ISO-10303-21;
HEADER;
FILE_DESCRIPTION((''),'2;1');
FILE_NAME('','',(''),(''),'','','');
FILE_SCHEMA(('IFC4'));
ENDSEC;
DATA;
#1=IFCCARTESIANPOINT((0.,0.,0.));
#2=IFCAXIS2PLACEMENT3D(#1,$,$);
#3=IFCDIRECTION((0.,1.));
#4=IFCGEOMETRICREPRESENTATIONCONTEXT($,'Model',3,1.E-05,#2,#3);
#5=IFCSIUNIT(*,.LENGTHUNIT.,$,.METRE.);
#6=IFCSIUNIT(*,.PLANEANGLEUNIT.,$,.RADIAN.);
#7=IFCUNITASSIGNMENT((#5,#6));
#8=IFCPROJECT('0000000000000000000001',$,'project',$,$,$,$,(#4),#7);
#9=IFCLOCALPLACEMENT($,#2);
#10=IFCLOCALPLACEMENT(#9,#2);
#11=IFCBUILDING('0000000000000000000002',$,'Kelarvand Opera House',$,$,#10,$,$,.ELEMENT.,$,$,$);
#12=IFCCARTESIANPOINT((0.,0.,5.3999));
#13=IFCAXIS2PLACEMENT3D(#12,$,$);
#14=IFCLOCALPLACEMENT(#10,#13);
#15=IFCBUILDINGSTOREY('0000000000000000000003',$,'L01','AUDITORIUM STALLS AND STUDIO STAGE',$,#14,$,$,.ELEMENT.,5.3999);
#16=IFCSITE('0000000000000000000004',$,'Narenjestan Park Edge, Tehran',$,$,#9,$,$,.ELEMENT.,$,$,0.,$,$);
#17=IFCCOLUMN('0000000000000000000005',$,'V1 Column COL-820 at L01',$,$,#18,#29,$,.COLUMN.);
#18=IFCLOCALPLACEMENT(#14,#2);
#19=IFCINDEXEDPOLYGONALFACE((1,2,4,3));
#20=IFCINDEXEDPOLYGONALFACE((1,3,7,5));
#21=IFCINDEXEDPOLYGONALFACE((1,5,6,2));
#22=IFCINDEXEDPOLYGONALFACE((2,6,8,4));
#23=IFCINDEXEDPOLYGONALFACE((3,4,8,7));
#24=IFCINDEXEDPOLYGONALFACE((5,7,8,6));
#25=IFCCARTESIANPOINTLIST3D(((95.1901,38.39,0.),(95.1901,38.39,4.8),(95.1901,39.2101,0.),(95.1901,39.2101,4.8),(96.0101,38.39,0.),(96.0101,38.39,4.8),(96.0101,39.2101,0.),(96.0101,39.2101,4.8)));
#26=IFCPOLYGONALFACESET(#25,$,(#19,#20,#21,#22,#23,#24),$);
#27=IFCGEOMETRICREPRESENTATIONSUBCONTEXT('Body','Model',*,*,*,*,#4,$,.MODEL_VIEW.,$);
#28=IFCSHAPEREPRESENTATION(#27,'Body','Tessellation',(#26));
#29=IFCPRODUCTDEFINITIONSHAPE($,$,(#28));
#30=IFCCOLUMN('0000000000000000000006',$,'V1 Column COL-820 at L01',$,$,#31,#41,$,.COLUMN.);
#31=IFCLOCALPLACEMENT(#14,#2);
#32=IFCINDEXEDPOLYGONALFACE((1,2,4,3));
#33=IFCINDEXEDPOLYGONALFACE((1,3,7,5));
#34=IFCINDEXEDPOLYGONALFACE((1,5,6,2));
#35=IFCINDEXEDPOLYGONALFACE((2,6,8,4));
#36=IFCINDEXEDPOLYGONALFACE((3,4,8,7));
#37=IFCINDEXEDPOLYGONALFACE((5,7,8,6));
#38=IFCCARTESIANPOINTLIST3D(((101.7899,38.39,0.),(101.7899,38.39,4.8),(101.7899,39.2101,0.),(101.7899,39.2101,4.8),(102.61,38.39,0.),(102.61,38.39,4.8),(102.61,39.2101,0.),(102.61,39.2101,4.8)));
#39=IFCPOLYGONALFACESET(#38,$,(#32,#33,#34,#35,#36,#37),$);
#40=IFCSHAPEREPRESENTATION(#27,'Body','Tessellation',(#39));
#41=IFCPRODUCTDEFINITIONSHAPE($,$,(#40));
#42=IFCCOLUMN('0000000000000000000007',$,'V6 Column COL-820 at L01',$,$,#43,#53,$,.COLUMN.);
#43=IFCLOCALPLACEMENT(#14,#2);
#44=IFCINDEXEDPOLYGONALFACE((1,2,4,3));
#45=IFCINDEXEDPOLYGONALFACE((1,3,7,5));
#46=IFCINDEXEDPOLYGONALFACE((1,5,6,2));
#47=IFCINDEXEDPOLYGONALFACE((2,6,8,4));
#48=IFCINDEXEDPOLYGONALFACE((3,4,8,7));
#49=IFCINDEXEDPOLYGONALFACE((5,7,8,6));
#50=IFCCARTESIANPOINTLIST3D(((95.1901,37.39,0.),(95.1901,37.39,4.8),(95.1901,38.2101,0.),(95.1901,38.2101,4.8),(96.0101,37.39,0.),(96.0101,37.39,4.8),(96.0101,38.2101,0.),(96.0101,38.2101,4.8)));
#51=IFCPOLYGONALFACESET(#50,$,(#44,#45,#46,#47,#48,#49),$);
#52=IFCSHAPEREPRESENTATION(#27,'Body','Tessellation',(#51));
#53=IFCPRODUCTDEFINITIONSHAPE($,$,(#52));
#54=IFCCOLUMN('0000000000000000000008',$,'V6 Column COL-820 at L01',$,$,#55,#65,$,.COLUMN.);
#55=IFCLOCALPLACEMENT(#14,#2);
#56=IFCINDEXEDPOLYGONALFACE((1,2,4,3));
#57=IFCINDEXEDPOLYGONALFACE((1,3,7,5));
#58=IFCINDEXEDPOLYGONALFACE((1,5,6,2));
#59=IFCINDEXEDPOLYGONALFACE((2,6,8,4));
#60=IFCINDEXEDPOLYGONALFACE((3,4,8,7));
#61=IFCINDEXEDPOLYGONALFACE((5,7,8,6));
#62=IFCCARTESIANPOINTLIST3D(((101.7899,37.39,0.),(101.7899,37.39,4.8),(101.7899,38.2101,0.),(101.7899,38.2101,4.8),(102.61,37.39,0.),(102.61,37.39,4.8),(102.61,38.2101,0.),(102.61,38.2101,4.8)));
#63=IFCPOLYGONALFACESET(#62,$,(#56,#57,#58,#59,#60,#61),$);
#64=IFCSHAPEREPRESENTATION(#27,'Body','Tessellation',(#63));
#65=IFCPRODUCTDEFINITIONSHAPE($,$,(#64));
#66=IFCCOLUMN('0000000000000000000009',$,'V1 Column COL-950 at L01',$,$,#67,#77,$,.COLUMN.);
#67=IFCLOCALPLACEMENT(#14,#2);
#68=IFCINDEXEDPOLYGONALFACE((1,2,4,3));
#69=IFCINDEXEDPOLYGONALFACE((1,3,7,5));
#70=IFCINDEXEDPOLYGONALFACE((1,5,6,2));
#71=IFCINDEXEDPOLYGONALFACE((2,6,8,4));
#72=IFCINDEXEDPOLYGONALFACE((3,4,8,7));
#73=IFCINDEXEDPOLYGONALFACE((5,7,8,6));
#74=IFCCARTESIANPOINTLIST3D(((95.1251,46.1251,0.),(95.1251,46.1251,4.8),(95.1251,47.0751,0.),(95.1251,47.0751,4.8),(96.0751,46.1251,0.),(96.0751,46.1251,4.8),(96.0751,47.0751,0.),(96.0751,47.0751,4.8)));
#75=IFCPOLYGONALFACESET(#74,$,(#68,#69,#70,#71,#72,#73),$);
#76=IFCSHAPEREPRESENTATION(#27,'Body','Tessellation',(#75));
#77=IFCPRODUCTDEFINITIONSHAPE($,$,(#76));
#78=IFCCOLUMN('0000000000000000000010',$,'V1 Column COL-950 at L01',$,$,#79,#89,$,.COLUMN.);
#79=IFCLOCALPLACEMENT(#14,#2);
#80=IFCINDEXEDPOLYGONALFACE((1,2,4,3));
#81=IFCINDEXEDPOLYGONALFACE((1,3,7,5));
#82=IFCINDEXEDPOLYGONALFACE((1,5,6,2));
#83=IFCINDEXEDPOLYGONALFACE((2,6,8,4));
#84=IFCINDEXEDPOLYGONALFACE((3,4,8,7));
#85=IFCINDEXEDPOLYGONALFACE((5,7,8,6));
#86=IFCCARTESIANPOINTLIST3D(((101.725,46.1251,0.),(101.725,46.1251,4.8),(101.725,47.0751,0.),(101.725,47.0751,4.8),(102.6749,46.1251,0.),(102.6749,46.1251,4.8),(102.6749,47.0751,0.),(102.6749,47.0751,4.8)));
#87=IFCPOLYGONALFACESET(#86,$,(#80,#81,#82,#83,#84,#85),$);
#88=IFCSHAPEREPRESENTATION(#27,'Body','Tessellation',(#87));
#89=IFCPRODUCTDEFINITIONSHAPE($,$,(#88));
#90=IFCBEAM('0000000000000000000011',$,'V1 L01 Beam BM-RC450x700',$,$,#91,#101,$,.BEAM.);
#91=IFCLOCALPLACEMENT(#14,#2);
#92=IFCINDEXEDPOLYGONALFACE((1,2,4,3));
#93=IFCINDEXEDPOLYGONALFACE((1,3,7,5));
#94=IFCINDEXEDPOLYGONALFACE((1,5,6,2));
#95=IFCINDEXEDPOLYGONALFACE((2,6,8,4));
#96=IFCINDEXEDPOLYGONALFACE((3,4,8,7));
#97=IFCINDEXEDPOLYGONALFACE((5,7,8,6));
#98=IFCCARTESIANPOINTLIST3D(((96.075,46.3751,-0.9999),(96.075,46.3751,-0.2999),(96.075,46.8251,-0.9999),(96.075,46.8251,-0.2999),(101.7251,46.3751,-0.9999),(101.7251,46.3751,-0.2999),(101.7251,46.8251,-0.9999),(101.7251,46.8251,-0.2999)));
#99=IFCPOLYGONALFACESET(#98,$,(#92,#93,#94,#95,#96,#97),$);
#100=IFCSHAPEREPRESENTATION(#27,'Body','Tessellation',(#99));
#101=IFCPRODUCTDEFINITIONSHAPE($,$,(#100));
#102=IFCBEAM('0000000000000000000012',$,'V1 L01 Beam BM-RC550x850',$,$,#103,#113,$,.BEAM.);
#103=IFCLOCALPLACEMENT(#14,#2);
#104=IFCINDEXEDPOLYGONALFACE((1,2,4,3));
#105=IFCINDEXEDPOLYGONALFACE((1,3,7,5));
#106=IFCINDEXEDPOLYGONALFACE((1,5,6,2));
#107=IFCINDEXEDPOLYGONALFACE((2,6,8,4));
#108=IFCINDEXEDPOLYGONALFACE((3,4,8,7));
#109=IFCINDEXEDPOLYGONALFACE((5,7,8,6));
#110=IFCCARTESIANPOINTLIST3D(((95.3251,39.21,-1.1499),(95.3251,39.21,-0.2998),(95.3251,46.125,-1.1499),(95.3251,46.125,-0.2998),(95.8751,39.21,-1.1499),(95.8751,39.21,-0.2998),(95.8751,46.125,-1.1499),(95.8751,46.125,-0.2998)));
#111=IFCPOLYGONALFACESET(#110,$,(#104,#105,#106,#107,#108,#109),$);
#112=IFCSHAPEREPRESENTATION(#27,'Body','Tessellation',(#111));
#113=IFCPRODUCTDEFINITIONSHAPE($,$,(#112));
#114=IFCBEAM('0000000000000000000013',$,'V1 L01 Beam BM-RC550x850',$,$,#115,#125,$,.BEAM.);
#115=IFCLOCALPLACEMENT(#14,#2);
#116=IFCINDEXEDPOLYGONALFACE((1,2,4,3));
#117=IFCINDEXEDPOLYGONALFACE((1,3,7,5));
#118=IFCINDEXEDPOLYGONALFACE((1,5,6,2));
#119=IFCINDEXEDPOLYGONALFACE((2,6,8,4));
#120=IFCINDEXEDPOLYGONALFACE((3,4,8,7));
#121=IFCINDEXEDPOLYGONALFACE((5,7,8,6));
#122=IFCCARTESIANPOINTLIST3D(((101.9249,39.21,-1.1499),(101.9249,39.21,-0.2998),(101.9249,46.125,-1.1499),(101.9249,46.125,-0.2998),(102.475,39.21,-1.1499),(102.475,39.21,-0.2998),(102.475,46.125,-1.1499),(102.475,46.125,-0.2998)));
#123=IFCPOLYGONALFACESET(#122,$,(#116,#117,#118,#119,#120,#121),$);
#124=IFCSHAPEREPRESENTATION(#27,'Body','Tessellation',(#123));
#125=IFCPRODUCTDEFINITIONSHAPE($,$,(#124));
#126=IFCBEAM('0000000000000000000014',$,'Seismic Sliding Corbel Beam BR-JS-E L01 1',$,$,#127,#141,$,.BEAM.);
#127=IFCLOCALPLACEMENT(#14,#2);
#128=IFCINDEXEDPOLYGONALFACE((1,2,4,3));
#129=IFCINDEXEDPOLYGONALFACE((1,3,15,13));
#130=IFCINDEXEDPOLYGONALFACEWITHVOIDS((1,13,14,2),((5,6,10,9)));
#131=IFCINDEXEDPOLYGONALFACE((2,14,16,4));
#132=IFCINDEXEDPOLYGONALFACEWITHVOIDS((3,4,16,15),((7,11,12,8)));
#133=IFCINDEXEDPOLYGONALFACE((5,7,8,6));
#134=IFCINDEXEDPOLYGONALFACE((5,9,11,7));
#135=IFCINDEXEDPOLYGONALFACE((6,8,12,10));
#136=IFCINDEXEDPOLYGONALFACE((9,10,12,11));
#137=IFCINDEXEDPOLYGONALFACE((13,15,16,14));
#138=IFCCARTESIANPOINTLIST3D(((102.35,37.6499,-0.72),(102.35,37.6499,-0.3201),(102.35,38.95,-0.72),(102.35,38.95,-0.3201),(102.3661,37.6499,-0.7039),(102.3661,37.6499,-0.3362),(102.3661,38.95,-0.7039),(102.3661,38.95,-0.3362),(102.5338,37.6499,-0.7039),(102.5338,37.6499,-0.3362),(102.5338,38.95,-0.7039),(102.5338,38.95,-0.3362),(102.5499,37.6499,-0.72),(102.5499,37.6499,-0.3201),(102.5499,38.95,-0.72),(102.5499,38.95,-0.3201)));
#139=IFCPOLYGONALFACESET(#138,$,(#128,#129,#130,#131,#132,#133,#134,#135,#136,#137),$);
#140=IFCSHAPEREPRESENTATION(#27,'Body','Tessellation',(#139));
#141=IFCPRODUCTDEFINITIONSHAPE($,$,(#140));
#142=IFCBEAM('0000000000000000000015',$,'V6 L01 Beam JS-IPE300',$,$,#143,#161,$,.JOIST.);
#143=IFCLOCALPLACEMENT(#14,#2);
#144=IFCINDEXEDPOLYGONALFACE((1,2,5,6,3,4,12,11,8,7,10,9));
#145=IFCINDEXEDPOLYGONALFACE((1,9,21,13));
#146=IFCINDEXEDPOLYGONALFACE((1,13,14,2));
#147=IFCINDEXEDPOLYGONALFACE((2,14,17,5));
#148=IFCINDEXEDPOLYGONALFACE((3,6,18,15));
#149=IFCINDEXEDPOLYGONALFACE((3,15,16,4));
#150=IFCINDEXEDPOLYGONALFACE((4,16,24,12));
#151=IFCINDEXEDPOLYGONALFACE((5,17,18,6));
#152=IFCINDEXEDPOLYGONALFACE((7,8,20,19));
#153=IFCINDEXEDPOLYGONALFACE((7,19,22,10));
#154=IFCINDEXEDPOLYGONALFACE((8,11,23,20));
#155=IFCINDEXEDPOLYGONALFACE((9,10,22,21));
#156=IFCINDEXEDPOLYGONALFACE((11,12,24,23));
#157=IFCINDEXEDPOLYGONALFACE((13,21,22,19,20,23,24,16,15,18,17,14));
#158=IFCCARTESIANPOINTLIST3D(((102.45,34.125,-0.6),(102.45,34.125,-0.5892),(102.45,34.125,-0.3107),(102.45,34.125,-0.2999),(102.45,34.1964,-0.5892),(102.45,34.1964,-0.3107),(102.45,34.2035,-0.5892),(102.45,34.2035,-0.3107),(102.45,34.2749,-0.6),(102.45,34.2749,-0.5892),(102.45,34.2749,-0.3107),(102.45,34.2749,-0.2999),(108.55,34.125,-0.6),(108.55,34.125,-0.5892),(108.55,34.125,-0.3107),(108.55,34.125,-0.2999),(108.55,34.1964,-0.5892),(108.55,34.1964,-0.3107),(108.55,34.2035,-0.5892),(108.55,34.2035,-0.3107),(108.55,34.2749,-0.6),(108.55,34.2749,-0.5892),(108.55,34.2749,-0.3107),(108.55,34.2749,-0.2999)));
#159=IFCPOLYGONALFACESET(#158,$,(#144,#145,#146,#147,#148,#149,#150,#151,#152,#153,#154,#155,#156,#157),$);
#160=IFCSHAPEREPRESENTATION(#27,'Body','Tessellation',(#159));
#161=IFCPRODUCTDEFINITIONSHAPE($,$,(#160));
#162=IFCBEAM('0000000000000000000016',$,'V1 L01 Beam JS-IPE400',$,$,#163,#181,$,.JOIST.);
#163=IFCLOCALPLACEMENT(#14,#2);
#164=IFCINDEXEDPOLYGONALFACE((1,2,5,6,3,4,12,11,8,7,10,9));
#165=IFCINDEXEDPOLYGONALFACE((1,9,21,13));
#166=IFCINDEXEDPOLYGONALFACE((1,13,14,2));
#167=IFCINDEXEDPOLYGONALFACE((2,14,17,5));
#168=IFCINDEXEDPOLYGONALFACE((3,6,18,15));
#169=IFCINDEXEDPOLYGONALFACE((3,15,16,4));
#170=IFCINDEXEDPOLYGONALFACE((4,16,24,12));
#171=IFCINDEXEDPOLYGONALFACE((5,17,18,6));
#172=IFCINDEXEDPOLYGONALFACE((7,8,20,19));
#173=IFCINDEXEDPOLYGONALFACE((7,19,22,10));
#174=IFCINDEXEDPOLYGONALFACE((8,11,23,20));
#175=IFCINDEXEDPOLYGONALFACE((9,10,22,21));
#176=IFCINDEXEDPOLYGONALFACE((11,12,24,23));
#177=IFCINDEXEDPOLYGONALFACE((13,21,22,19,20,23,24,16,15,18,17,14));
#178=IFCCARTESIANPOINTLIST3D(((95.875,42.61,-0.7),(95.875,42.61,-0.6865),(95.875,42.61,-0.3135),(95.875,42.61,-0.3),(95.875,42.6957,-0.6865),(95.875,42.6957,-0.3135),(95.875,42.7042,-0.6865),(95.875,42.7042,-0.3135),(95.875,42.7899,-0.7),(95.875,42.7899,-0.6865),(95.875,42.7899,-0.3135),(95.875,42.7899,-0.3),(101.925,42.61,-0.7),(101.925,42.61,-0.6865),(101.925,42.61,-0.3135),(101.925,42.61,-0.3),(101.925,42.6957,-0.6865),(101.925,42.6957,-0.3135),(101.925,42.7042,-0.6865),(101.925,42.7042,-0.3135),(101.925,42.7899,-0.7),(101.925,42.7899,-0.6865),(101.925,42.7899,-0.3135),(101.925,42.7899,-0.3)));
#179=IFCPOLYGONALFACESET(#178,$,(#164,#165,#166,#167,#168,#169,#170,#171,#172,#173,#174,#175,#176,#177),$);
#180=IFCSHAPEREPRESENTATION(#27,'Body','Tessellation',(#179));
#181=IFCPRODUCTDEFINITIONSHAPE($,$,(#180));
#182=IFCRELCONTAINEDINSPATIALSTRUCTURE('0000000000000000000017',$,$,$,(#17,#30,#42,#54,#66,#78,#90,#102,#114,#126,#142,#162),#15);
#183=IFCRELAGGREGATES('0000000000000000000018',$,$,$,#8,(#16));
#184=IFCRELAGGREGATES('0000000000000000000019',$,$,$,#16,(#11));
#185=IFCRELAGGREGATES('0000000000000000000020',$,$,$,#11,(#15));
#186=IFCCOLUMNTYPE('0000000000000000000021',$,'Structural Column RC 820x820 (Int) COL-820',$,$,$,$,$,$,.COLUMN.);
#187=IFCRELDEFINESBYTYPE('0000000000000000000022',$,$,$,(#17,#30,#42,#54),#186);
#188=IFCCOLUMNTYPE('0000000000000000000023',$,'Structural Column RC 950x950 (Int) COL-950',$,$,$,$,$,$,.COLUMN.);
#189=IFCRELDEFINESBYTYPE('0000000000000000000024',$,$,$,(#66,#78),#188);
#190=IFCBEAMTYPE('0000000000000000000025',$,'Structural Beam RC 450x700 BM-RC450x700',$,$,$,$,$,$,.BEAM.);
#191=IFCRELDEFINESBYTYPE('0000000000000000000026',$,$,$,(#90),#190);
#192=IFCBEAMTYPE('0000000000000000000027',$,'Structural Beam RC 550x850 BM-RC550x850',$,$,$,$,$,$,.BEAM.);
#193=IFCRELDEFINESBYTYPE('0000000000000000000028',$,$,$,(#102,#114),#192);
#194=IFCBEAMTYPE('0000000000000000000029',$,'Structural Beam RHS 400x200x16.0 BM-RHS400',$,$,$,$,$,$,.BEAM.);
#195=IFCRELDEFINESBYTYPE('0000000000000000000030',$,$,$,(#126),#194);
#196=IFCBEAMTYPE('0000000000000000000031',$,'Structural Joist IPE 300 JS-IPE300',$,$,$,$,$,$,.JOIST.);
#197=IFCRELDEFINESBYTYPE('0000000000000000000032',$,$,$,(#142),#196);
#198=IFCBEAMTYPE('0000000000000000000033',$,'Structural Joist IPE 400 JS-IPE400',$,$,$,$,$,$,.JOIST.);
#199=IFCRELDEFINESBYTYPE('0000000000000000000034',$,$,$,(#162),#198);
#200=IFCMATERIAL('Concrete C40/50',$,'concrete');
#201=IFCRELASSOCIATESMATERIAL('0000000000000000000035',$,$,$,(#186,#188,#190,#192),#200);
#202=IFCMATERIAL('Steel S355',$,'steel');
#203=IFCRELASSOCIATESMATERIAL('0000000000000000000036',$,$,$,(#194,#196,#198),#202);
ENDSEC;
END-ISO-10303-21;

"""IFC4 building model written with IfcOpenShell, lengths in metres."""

from ifc_helpers import new_model, si_unit, direction, frame, origin, origin_2d, place, context, subcontext, project, spatial, rectangle, hollow_rectangle, i_section, extrude, material, material_profile, profile_set, type_object, element, save


model = new_model("IFC4")

# Units and contexts
model_context = context("Model", 3, precision=1e-05, world=origin(), true_north=direction((0.0, 1.0)))
body_context = subcontext(model_context, "Body", "Model", "MODEL_VIEW")
ifc_project = project(units=[si_unit("LENGTHUNIT", "METRE"), si_unit("PLANEANGLEUNIT", "RADIAN")], contexts=[model_context])

# Site, building, storey
site_placement = place(None, origin())
site = spatial("IfcSite", under=ifc_project, at=site_placement, Name="Narenjestan Park Edge, Tehran", CompositionType="ELEMENT", RefElevation=0.0)
building_placement = place(site_placement, origin())
building = spatial("IfcBuilding", under=site, at=building_placement, Name="Kelarvand Opera House", CompositionType="ELEMENT")
storey_placement = place(building_placement, frame((0.0, 0.0, 5.3999)))
storey = spatial("IfcBuildingStorey", under=building, at=storey_placement, Name="L01", Description="AUDITORIUM STALLS AND STUDIO STAGE", CompositionType="ELEMENT", Elevation=5.3999)

# Columns
ifc_material_1 = material(Name="Concrete C40/50", Category="concrete")
ifc_material_profile_1 = material_profile(ifc_material_1, rectangle(XDim=0.8201, YDim=0.8201, at=origin_2d()), Name="RC 820x820", Category="concrete")
ifc_profile_set_1 = profile_set([ifc_material_profile_1], Name="Concrete C40/50")
column_type_1 = type_object("IfcColumnType", Name="Structural Column RC 820x820 (Int) COL-820", PredefinedType="COLUMN", material=ifc_profile_set_1)
for number, where, z_axis, x_axis, name in (
    (1, (95.6001, 38.8, 0.0), (0.0, 0.0, 1.0), (1.0, 0.0, 0.0), "V1 Column COL-820 at L01"),
    (2, (102.2, 38.8, 0.0), (0.0, 0.0, 1.0), (1.0, 0.0, 0.0), "V1 Column COL-820 at L01"),
    (3, (95.6001, 37.8, 0.0), (0.0, 0.0, 1.0), (1.0, 0.0, 0.0), "V6 Column COL-820 at L01"),
    (4, (102.2, 37.8, 0.0), (0.0, 0.0, 1.0), (1.0, 0.0, 0.0), "V6 Column COL-820 at L01"),
):
    element("IfcColumn", number, at=place(storey_placement, frame(where, z_axis=z_axis, x_axis=x_axis)), inside=storey, type_object=column_type_1, Name=name, PredefinedType="COLUMN", context=body_context, shape_type="SweptSolid", body=[
        extrude(rectangle(XDim=0.8201, YDim=0.8201, at=origin_2d()), origin(), (0.0, 0.0, 1.0), 4.8),
    ])
ifc_material_profile_2 = material_profile(ifc_material_1, rectangle(XDim=0.95, YDim=0.95, at=origin_2d()), Name="RC 950x950", Category="concrete")
ifc_profile_set_2 = profile_set([ifc_material_profile_2], Name="Concrete C40/50")
column_type_2 = type_object("IfcColumnType", Name="Structural Column RC 950x950 (Int) COL-950", PredefinedType="COLUMN", material=ifc_profile_set_2)
for number, where, z_axis, x_axis, name in (
    (5, (95.6001, 46.6001, 0.0), (0.0, 0.0, 1.0), (1.0, 0.0, 0.0), "V1 Column COL-950 at L01"),
    (6, (102.2, 46.6001, 0.0), (0.0, 0.0, 1.0), (1.0, 0.0, 0.0), "V1 Column COL-950 at L01"),
):
    element("IfcColumn", number, at=place(storey_placement, frame(where, z_axis=z_axis, x_axis=x_axis)), inside=storey, type_object=column_type_2, Name=name, PredefinedType="COLUMN", context=body_context, shape_type="SweptSolid", body=[
        extrude(rectangle(XDim=0.95, YDim=0.95, at=origin_2d()), origin(), (0.0, 0.0, 1.0), 4.8),
    ])

# Beams
ifc_material_profile_3 = material_profile(ifc_material_1, rectangle(XDim=0.45, YDim=0.7, at=origin_2d()), Name="RC 450x700", Category="concrete")
ifc_profile_set_3 = profile_set([ifc_material_profile_3], Name="Concrete C40/50")
beam_type_1 = type_object("IfcBeamType", Name="Structural Beam RC 450x700 BM-RC450x700", PredefinedType="BEAM", material=ifc_profile_set_3)
beam_1_placement = place(storey_placement, frame((96.075, 46.6001, -0.6499), z_axis=(1.0, 0.0, 0.0), x_axis=(0.0, 1.0, 0.0)))
element("IfcBeam", 7, at=beam_1_placement, inside=storey, type_object=beam_type_1, Name="V1 L01 Beam BM-RC450x700", PredefinedType="BEAM", context=body_context, shape_type="SweptSolid", body=[
    extrude(rectangle(XDim=0.45, YDim=0.7, at=origin_2d()), origin(), (0.0, 0.0, 1.0), 5.6501),
])
ifc_material_profile_4 = material_profile(ifc_material_1, rectangle(XDim=0.55, YDim=0.8501, at=origin_2d()), Name="RC 550x850", Category="concrete")
ifc_profile_set_4 = profile_set([ifc_material_profile_4], Name="Concrete C40/50")
beam_type_2 = type_object("IfcBeamType", Name="Structural Beam RC 550x850 BM-RC550x850", PredefinedType="BEAM", material=ifc_profile_set_4)
for number, where, z_axis, x_axis, name in (
    (8, (95.6001, 39.21, -0.7249), (0.0, 1.0, 0.0), (-1.0, 0.0, 0.0), "V1 L01 Beam BM-RC550x850"),
    (9, (102.2, 39.21, -0.7249), (0.0, 1.0, 0.0), (-1.0, 0.0, 0.0), "V1 L01 Beam BM-RC550x850"),
):
    element("IfcBeam", number, at=place(storey_placement, frame(where, z_axis=z_axis, x_axis=x_axis)), inside=storey, type_object=beam_type_2, Name=name, PredefinedType="BEAM", context=body_context, shape_type="SweptSolid", body=[
        extrude(rectangle(XDim=0.55, YDim=0.8501, at=origin_2d()), origin(), (0.0, 0.0, 1.0), 6.915),
    ])
ifc_material_2 = material(Name="Steel S355", Category="steel")
ifc_material_profile_5 = material_profile(ifc_material_2, hollow_rectangle(XDim=0.2, YDim=0.3999, WallThickness=0.0161, at=origin_2d()), Name="RHS 400x200x16.0", Category="steel")
ifc_profile_set_5 = profile_set([ifc_material_profile_5], Name="Steel S355")
beam_type_3 = type_object("IfcBeamType", Name="Structural Beam RHS 400x200x16.0 BM-RHS400", PredefinedType="BEAM", material=ifc_profile_set_5)
beam_2_placement = place(storey_placement, frame((102.45, 37.6499, -0.52), z_axis=(0.0, 1.0, 0.0), x_axis=(-1.0, 0.0, 0.0)))
element("IfcBeam", 10, at=beam_2_placement, inside=storey, type_object=beam_type_3, Name="Seismic Sliding Corbel Beam BR-JS-E L01 1", PredefinedType="BEAM", context=body_context, shape_type="SweptSolid", body=[
    extrude(hollow_rectangle(XDim=0.2, YDim=0.3999, WallThickness=0.0161, at=origin_2d()), origin(), (0.0, 0.0, 1.0), 1.3),
])
ifc_material_profile_6 = material_profile(ifc_material_2, i_section(OverallWidth=0.1499, OverallDepth=0.3, WebThickness=0.0071, FlangeThickness=0.0107, at=origin_2d()), Name="IPE 300", Category="steel")
ifc_profile_set_6 = profile_set([ifc_material_profile_6], Name="Steel S355")
beam_type_4 = type_object("IfcBeamType", Name="Structural Joist IPE 300 JS-IPE300", PredefinedType="JOIST", material=ifc_profile_set_6)
beam_3_placement = place(storey_placement, frame((102.45, 34.2, -0.45), z_axis=(1.0, 0.0, 0.0), x_axis=(0.0, 1.0, 0.0)))
element("IfcBeam", 11, at=beam_3_placement, inside=storey, type_object=beam_type_4, Name="V6 L01 Beam JS-IPE300", PredefinedType="JOIST", context=body_context, shape_type="SweptSolid", body=[
    extrude(i_section(OverallWidth=0.1499, OverallDepth=0.3, WebThickness=0.0071, FlangeThickness=0.0107, at=origin_2d()), origin(), (0.0, 0.0, 1.0), 6.1001),
])
ifc_material_profile_7 = material_profile(ifc_material_2, i_section(OverallWidth=0.1799, OverallDepth=0.3999, WebThickness=0.0085, FlangeThickness=0.0134, at=origin_2d()), Name="IPE 400", Category="steel")
ifc_profile_set_7 = profile_set([ifc_material_profile_7], Name="Steel S355")
beam_type_5 = type_object("IfcBeamType", Name="Structural Joist IPE 400 JS-IPE400", PredefinedType="JOIST", material=ifc_profile_set_7)
beam_4_placement = place(storey_placement, frame((95.875, 42.7, -0.5), z_axis=(1.0, 0.0, 0.0), x_axis=(0.0, 1.0, 0.0)))
element("IfcBeam", 12, at=beam_4_placement, inside=storey, type_object=beam_type_5, Name="V1 L01 Beam JS-IPE400", PredefinedType="JOIST", context=body_context, shape_type="SweptSolid", body=[
    extrude(i_section(OverallWidth=0.1799, OverallDepth=0.3999, WebThickness=0.0085, FlangeThickness=0.0134, at=origin_2d()), origin(), (0.0, 0.0, 1.0), 6.05),
])

save(model, "model.ifc")
